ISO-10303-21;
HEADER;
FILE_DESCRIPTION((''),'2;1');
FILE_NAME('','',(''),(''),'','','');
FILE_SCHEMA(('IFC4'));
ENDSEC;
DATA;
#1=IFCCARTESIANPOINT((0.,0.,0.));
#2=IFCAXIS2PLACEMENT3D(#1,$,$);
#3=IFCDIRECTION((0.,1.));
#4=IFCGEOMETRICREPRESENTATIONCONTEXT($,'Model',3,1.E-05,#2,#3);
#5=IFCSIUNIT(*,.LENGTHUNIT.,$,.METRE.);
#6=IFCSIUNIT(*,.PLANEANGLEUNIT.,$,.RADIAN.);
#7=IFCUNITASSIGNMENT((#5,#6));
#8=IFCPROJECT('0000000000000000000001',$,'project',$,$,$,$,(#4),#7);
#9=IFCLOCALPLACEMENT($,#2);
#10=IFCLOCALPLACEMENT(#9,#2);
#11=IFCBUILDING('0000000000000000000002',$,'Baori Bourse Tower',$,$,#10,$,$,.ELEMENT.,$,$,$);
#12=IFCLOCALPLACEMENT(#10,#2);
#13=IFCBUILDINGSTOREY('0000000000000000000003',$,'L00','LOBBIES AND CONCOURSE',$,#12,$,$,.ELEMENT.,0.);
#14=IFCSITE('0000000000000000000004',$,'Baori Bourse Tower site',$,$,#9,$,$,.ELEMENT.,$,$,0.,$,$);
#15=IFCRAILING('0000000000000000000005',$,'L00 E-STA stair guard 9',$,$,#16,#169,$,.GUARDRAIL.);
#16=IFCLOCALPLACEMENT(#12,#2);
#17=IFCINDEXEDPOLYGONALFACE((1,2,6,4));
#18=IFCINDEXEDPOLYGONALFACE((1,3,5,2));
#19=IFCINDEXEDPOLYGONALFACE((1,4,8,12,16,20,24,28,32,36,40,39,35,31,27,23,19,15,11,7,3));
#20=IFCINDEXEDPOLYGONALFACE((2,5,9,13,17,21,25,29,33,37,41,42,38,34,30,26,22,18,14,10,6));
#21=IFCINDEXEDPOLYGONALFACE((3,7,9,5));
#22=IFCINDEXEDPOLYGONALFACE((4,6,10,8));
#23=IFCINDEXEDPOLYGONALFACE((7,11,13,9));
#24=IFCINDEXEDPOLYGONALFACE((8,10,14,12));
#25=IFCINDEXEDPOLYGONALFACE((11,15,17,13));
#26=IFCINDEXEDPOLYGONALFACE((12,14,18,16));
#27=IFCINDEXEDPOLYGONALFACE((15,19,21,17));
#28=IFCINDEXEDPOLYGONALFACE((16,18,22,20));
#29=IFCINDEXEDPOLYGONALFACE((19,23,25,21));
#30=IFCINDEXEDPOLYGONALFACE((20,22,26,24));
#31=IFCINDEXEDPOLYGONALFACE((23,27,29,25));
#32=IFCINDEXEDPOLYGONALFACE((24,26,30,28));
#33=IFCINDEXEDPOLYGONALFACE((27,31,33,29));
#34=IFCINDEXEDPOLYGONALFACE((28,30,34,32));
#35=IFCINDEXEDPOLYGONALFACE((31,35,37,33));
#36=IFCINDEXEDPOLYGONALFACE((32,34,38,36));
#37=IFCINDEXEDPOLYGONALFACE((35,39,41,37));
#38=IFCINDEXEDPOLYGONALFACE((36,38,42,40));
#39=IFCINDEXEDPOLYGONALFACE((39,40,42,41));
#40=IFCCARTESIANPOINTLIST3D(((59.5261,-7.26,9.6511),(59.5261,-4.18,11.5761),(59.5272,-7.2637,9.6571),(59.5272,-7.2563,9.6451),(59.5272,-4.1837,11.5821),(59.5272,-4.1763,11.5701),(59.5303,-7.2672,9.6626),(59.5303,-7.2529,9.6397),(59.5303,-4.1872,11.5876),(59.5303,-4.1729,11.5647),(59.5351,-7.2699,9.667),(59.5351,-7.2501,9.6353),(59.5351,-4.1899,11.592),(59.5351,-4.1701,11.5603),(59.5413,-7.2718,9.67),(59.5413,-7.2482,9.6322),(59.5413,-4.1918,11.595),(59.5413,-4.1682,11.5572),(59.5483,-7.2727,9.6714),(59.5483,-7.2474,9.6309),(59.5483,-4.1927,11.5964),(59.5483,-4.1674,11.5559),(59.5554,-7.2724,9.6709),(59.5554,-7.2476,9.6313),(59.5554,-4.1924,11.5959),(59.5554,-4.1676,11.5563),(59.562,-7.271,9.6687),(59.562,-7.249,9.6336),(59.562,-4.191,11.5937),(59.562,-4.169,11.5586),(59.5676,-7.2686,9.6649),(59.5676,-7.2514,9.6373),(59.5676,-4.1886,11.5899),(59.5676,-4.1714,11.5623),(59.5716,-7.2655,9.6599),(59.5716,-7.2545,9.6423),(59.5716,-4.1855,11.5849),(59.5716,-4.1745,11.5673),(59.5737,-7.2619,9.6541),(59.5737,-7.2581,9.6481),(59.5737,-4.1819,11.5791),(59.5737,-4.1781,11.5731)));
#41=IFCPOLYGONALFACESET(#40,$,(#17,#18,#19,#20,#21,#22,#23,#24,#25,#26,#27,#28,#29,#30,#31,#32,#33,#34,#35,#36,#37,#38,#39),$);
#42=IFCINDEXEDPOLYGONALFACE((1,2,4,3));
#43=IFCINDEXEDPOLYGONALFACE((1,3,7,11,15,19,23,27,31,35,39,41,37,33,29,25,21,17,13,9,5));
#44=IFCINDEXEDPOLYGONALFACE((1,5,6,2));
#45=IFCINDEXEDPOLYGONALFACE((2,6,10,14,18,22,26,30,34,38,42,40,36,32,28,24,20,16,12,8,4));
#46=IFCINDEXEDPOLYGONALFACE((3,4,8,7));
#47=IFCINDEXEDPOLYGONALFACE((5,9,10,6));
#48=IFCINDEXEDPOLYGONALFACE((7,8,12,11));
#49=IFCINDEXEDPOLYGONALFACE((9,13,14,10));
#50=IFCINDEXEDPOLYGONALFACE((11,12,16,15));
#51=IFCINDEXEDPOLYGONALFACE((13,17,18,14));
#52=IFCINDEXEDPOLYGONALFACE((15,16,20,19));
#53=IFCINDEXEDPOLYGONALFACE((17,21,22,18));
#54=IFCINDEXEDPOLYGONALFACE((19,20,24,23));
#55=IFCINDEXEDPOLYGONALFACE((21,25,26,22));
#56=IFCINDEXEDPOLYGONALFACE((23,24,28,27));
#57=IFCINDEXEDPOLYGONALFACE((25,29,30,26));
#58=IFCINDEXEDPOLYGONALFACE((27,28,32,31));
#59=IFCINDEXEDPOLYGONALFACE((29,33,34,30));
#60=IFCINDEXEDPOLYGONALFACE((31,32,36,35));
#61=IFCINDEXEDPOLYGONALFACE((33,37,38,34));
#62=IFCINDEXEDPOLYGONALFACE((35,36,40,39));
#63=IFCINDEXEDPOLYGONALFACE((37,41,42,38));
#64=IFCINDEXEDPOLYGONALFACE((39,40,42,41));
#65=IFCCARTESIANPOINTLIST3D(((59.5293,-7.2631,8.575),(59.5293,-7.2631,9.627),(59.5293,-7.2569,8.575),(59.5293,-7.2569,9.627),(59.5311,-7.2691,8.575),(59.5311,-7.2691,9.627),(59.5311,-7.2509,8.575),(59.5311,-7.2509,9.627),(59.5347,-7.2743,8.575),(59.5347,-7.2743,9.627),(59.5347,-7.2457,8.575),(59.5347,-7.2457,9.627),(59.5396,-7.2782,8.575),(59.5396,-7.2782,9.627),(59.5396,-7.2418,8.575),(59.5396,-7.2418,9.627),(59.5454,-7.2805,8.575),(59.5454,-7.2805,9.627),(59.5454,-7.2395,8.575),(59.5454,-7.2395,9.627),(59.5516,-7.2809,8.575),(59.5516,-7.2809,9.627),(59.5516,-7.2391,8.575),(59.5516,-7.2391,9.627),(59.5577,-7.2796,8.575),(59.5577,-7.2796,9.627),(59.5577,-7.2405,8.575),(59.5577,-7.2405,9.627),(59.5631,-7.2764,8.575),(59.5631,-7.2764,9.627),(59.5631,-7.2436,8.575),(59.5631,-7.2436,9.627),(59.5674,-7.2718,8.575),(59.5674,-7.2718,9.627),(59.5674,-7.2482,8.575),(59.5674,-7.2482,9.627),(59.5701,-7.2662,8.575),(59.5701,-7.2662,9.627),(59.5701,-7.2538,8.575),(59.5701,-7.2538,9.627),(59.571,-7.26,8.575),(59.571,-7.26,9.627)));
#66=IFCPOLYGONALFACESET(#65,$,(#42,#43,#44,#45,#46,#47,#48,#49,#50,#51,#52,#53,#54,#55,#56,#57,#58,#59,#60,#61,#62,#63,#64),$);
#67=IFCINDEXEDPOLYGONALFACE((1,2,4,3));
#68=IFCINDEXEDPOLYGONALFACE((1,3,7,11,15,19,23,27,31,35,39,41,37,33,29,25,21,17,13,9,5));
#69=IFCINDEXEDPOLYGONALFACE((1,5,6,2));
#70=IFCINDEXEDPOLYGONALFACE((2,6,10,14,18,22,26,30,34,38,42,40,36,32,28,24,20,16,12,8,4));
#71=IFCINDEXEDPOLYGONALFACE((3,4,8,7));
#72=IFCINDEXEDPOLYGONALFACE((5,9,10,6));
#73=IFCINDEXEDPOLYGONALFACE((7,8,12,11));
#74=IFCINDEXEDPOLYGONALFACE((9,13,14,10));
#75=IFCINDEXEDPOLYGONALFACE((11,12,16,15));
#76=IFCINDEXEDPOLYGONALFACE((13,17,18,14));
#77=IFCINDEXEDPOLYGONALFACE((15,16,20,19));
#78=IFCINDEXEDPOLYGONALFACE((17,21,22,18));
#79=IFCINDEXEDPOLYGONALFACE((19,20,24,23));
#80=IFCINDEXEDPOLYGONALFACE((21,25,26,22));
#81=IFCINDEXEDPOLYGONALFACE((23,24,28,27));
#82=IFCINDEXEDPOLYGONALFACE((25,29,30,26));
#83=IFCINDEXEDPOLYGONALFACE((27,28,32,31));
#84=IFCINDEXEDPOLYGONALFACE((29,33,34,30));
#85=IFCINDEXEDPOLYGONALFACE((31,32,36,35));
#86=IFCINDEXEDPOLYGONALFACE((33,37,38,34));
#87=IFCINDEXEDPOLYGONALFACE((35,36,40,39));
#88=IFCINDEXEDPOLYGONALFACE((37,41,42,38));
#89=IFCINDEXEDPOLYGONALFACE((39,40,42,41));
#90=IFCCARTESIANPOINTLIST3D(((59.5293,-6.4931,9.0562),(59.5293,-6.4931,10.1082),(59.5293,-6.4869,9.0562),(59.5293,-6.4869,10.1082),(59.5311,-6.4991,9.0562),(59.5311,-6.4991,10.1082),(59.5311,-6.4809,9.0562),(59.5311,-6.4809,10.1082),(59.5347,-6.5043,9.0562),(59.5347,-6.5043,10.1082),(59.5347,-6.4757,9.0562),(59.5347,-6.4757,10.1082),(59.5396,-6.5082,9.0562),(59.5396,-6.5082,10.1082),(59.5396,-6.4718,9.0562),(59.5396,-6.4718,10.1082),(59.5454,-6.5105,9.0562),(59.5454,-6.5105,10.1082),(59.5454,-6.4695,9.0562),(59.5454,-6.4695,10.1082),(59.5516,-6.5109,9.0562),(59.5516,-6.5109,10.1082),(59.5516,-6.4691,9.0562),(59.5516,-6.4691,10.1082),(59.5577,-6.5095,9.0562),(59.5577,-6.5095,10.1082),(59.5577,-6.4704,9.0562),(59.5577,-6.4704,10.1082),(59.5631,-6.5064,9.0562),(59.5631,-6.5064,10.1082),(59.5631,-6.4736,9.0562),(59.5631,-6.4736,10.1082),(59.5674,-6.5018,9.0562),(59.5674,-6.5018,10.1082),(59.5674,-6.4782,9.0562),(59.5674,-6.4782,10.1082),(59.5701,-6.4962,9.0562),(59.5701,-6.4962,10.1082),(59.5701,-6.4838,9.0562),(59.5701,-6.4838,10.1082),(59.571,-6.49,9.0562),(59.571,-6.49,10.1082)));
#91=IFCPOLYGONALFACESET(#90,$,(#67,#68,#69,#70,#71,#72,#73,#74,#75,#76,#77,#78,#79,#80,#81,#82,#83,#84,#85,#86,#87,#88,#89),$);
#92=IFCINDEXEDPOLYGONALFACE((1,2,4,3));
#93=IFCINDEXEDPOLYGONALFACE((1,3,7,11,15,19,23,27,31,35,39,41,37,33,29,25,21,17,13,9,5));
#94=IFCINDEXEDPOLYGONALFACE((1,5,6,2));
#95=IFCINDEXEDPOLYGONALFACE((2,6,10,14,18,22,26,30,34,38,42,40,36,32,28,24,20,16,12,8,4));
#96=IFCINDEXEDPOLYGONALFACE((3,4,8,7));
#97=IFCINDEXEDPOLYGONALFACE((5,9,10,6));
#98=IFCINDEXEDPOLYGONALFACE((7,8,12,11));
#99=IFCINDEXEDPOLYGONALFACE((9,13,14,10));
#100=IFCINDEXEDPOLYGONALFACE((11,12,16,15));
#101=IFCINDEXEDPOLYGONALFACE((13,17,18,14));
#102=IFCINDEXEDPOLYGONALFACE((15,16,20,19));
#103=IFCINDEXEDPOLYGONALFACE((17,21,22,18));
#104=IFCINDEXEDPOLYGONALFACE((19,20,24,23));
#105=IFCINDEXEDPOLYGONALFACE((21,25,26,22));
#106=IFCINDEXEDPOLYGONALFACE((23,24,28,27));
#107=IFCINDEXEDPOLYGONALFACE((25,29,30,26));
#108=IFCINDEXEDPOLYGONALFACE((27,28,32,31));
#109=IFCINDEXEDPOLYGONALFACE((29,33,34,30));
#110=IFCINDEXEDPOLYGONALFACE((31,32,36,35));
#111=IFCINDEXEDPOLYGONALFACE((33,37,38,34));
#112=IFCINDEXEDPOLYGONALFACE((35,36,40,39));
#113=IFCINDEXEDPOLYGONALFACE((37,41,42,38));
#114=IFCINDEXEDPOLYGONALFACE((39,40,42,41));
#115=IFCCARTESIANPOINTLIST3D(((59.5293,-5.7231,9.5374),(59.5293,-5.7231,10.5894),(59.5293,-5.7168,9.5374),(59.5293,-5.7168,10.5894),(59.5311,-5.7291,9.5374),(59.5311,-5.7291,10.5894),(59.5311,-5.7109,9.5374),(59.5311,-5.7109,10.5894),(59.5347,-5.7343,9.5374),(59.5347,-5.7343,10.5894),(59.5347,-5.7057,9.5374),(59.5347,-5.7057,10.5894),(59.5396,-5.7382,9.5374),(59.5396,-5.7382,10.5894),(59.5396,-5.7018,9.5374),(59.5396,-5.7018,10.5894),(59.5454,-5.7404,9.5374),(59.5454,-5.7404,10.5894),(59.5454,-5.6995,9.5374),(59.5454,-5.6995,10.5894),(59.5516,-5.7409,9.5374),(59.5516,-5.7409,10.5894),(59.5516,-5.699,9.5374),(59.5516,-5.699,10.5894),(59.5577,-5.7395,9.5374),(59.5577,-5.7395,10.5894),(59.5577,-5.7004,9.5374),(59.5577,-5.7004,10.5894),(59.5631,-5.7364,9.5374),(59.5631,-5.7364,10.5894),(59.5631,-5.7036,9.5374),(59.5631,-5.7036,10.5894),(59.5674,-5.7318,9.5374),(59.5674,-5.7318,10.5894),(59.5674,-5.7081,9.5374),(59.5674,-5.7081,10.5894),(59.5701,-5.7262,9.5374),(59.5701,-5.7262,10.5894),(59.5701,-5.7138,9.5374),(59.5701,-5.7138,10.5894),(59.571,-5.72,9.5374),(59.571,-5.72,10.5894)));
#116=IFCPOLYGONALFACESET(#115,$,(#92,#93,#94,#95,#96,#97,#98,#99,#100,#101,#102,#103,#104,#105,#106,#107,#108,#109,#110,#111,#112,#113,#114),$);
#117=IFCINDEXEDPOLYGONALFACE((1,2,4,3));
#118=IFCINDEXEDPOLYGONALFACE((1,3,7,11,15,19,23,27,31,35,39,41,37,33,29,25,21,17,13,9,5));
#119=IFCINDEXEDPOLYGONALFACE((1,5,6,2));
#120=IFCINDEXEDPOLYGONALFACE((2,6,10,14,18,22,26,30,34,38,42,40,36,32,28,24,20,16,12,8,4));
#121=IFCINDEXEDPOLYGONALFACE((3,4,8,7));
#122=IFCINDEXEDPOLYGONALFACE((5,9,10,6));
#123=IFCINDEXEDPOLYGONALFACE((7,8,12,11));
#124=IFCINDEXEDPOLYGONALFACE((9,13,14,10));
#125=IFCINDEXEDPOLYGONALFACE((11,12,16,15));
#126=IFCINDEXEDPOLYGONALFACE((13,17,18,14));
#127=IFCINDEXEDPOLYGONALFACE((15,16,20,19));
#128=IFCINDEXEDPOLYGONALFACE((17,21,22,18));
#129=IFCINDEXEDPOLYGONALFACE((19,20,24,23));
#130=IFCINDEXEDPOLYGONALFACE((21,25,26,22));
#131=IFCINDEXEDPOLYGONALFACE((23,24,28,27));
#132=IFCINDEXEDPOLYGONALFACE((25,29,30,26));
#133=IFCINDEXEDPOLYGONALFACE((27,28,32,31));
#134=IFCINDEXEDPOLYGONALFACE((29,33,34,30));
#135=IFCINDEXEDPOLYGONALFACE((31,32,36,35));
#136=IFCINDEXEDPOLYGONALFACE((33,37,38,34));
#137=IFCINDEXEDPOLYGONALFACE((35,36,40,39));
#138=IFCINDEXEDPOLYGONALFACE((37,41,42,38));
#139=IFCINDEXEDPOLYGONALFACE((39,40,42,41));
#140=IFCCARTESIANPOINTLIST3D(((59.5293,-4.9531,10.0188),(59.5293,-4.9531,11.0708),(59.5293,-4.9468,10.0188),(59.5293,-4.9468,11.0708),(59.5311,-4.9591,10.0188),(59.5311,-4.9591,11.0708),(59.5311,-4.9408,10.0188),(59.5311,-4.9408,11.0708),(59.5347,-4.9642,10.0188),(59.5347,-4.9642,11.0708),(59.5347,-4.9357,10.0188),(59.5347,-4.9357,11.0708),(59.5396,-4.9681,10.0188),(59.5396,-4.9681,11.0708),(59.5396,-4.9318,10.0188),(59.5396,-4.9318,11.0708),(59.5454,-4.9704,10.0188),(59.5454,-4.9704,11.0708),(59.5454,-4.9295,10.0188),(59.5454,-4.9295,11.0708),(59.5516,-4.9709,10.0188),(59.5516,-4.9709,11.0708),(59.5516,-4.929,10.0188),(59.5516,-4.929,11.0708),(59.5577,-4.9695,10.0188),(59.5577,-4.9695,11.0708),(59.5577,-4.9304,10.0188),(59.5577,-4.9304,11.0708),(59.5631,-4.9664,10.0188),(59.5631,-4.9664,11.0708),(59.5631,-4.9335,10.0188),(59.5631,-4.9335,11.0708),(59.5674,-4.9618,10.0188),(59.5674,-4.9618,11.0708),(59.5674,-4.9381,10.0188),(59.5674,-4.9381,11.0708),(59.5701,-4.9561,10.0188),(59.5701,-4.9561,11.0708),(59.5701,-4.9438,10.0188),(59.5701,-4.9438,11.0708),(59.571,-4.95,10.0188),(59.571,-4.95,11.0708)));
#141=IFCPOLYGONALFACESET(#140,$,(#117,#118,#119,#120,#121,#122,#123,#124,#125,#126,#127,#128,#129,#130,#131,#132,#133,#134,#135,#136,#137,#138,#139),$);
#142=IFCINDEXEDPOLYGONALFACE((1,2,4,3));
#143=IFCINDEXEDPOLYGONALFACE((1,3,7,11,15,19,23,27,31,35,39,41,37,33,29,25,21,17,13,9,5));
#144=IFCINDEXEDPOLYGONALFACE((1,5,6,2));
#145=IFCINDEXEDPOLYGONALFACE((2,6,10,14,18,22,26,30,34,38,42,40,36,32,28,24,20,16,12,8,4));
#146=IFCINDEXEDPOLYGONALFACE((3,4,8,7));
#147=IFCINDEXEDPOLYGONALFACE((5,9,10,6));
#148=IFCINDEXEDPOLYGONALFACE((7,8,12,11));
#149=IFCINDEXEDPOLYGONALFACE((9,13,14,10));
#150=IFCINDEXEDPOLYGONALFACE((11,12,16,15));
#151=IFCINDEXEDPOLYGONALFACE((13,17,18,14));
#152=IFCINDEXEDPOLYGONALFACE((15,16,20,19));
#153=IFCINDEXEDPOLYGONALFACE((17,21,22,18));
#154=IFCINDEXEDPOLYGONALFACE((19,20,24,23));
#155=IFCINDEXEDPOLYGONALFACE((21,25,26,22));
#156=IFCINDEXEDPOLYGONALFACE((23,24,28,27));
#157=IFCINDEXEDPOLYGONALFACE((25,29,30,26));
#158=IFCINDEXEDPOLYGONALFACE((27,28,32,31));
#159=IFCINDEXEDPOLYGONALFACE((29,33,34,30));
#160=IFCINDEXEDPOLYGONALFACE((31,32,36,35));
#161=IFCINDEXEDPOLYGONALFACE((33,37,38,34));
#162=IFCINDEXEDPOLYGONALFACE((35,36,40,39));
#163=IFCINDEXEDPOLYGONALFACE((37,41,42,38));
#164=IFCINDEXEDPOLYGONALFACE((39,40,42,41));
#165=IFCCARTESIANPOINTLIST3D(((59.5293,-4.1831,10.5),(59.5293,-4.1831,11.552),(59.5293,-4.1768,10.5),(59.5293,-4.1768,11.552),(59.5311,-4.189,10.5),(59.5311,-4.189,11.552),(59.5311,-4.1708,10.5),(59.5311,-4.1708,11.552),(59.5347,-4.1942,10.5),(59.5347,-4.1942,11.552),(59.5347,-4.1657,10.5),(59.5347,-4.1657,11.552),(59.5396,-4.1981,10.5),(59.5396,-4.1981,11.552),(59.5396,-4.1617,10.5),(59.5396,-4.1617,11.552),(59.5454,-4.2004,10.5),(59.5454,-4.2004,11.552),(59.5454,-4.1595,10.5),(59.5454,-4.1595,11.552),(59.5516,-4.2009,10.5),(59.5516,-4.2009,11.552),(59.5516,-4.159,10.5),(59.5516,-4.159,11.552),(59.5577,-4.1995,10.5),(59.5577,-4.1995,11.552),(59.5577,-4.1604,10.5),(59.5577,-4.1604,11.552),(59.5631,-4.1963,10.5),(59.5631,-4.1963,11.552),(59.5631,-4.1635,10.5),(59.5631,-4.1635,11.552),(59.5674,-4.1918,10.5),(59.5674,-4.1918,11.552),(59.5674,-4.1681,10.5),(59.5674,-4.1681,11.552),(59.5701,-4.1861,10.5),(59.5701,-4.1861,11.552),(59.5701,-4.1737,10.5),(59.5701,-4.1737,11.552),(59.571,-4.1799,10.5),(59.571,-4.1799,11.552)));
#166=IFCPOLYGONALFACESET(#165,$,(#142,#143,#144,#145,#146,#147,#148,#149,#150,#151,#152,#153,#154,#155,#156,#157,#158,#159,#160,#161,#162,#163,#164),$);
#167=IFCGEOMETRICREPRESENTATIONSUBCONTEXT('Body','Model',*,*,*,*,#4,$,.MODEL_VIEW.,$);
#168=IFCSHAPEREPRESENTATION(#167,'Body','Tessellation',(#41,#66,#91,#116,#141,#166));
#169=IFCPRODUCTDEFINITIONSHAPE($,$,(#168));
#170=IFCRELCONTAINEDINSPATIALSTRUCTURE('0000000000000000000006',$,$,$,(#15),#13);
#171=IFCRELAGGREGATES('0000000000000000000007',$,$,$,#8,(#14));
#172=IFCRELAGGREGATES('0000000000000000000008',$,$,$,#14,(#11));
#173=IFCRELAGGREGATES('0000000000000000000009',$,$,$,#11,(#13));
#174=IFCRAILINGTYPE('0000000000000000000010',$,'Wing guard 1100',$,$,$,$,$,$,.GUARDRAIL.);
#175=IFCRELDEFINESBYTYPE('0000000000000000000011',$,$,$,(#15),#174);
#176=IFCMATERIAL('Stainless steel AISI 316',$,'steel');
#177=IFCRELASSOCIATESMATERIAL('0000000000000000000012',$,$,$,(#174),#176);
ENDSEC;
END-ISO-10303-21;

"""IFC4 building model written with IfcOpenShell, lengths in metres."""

from ifc_helpers import new_model, si_unit, direction, frame, origin, origin_2d, place, context, subcontext, project, spatial, circle, extrude, material, type_object, element, save


model = new_model("IFC4")

# Units and contexts
model_context = context("Model", 3, precision=1e-05, world=origin(), true_north=direction((0.0, 1.0)))
body_context = subcontext(model_context, "Body", "Model", "MODEL_VIEW")
ifc_project = project(units=[si_unit("LENGTHUNIT", "METRE"), si_unit("PLANEANGLEUNIT", "RADIAN")], contexts=[model_context])

# Site, building, storey
site_placement = place(None, origin())
site = spatial("IfcSite", under=ifc_project, at=site_placement, Name="Baori Bourse Tower site", CompositionType="ELEMENT", RefElevation=0.0)
building_placement = place(site_placement, origin())
building = spatial("IfcBuilding", under=site, at=building_placement, Name="Baori Bourse Tower", CompositionType="ELEMENT")
storey_placement = place(building_placement, origin())
storey = spatial("IfcBuildingStorey", under=building, at=storey_placement, Name="L00", Description="LOBBIES AND CONCOURSE", CompositionType="ELEMENT", Elevation=0.0)

# Railing
ifc_material_1 = material(Name="Stainless steel AISI 316", Category="steel")
railing_type_1 = type_object("IfcRailingType", Name="Wing guard 1100", PredefinedType="GUARDRAIL", material=ifc_material_1)
railing_1_placement = place(storey_placement, frame((59.55, -7.26, 8.575)))
element("IfcRailing", 1, at=railing_1_placement, inside=storey, type_object=railing_type_1, Name="L00 E-STA stair guard 9", PredefinedType="GUARDRAIL", context=body_context, shape_type="SweptSolid", body=[
    extrude(circle(Radius=0.0239, at=origin_2d()), frame((0.0, 0.0, 1.0762), z_axis=(0.0, 0.847998, 0.529999), x_axis=(-1.0, 0.0, 0.0)), (0.0, 0.0, 1.0), 3.6321),
    extrude(circle(Radius=0.021, at=origin_2d()), origin(), (0.0, 0.0, 1.0), 1.052),
    extrude(circle(Radius=0.021, at=origin_2d()), frame((0.0, 0.77, 0.4812)), (0.0, 0.0, 1.0), 1.052),
    extrude(circle(Radius=0.021, at=origin_2d()), frame((0.0, 1.54, 0.9624)), (0.0, 0.0, 1.0), 1.052),
    extrude(circle(Radius=0.021, at=origin_2d()), frame((0.0, 2.3101, 1.4438)), (0.0, 0.0, 1.0), 1.052),
    extrude(circle(Radius=0.021, at=origin_2d()), frame((0.0, 3.0801, 1.925)), (0.0, 0.0, 1.0), 1.052),
])

save(model, "model.ifc")
